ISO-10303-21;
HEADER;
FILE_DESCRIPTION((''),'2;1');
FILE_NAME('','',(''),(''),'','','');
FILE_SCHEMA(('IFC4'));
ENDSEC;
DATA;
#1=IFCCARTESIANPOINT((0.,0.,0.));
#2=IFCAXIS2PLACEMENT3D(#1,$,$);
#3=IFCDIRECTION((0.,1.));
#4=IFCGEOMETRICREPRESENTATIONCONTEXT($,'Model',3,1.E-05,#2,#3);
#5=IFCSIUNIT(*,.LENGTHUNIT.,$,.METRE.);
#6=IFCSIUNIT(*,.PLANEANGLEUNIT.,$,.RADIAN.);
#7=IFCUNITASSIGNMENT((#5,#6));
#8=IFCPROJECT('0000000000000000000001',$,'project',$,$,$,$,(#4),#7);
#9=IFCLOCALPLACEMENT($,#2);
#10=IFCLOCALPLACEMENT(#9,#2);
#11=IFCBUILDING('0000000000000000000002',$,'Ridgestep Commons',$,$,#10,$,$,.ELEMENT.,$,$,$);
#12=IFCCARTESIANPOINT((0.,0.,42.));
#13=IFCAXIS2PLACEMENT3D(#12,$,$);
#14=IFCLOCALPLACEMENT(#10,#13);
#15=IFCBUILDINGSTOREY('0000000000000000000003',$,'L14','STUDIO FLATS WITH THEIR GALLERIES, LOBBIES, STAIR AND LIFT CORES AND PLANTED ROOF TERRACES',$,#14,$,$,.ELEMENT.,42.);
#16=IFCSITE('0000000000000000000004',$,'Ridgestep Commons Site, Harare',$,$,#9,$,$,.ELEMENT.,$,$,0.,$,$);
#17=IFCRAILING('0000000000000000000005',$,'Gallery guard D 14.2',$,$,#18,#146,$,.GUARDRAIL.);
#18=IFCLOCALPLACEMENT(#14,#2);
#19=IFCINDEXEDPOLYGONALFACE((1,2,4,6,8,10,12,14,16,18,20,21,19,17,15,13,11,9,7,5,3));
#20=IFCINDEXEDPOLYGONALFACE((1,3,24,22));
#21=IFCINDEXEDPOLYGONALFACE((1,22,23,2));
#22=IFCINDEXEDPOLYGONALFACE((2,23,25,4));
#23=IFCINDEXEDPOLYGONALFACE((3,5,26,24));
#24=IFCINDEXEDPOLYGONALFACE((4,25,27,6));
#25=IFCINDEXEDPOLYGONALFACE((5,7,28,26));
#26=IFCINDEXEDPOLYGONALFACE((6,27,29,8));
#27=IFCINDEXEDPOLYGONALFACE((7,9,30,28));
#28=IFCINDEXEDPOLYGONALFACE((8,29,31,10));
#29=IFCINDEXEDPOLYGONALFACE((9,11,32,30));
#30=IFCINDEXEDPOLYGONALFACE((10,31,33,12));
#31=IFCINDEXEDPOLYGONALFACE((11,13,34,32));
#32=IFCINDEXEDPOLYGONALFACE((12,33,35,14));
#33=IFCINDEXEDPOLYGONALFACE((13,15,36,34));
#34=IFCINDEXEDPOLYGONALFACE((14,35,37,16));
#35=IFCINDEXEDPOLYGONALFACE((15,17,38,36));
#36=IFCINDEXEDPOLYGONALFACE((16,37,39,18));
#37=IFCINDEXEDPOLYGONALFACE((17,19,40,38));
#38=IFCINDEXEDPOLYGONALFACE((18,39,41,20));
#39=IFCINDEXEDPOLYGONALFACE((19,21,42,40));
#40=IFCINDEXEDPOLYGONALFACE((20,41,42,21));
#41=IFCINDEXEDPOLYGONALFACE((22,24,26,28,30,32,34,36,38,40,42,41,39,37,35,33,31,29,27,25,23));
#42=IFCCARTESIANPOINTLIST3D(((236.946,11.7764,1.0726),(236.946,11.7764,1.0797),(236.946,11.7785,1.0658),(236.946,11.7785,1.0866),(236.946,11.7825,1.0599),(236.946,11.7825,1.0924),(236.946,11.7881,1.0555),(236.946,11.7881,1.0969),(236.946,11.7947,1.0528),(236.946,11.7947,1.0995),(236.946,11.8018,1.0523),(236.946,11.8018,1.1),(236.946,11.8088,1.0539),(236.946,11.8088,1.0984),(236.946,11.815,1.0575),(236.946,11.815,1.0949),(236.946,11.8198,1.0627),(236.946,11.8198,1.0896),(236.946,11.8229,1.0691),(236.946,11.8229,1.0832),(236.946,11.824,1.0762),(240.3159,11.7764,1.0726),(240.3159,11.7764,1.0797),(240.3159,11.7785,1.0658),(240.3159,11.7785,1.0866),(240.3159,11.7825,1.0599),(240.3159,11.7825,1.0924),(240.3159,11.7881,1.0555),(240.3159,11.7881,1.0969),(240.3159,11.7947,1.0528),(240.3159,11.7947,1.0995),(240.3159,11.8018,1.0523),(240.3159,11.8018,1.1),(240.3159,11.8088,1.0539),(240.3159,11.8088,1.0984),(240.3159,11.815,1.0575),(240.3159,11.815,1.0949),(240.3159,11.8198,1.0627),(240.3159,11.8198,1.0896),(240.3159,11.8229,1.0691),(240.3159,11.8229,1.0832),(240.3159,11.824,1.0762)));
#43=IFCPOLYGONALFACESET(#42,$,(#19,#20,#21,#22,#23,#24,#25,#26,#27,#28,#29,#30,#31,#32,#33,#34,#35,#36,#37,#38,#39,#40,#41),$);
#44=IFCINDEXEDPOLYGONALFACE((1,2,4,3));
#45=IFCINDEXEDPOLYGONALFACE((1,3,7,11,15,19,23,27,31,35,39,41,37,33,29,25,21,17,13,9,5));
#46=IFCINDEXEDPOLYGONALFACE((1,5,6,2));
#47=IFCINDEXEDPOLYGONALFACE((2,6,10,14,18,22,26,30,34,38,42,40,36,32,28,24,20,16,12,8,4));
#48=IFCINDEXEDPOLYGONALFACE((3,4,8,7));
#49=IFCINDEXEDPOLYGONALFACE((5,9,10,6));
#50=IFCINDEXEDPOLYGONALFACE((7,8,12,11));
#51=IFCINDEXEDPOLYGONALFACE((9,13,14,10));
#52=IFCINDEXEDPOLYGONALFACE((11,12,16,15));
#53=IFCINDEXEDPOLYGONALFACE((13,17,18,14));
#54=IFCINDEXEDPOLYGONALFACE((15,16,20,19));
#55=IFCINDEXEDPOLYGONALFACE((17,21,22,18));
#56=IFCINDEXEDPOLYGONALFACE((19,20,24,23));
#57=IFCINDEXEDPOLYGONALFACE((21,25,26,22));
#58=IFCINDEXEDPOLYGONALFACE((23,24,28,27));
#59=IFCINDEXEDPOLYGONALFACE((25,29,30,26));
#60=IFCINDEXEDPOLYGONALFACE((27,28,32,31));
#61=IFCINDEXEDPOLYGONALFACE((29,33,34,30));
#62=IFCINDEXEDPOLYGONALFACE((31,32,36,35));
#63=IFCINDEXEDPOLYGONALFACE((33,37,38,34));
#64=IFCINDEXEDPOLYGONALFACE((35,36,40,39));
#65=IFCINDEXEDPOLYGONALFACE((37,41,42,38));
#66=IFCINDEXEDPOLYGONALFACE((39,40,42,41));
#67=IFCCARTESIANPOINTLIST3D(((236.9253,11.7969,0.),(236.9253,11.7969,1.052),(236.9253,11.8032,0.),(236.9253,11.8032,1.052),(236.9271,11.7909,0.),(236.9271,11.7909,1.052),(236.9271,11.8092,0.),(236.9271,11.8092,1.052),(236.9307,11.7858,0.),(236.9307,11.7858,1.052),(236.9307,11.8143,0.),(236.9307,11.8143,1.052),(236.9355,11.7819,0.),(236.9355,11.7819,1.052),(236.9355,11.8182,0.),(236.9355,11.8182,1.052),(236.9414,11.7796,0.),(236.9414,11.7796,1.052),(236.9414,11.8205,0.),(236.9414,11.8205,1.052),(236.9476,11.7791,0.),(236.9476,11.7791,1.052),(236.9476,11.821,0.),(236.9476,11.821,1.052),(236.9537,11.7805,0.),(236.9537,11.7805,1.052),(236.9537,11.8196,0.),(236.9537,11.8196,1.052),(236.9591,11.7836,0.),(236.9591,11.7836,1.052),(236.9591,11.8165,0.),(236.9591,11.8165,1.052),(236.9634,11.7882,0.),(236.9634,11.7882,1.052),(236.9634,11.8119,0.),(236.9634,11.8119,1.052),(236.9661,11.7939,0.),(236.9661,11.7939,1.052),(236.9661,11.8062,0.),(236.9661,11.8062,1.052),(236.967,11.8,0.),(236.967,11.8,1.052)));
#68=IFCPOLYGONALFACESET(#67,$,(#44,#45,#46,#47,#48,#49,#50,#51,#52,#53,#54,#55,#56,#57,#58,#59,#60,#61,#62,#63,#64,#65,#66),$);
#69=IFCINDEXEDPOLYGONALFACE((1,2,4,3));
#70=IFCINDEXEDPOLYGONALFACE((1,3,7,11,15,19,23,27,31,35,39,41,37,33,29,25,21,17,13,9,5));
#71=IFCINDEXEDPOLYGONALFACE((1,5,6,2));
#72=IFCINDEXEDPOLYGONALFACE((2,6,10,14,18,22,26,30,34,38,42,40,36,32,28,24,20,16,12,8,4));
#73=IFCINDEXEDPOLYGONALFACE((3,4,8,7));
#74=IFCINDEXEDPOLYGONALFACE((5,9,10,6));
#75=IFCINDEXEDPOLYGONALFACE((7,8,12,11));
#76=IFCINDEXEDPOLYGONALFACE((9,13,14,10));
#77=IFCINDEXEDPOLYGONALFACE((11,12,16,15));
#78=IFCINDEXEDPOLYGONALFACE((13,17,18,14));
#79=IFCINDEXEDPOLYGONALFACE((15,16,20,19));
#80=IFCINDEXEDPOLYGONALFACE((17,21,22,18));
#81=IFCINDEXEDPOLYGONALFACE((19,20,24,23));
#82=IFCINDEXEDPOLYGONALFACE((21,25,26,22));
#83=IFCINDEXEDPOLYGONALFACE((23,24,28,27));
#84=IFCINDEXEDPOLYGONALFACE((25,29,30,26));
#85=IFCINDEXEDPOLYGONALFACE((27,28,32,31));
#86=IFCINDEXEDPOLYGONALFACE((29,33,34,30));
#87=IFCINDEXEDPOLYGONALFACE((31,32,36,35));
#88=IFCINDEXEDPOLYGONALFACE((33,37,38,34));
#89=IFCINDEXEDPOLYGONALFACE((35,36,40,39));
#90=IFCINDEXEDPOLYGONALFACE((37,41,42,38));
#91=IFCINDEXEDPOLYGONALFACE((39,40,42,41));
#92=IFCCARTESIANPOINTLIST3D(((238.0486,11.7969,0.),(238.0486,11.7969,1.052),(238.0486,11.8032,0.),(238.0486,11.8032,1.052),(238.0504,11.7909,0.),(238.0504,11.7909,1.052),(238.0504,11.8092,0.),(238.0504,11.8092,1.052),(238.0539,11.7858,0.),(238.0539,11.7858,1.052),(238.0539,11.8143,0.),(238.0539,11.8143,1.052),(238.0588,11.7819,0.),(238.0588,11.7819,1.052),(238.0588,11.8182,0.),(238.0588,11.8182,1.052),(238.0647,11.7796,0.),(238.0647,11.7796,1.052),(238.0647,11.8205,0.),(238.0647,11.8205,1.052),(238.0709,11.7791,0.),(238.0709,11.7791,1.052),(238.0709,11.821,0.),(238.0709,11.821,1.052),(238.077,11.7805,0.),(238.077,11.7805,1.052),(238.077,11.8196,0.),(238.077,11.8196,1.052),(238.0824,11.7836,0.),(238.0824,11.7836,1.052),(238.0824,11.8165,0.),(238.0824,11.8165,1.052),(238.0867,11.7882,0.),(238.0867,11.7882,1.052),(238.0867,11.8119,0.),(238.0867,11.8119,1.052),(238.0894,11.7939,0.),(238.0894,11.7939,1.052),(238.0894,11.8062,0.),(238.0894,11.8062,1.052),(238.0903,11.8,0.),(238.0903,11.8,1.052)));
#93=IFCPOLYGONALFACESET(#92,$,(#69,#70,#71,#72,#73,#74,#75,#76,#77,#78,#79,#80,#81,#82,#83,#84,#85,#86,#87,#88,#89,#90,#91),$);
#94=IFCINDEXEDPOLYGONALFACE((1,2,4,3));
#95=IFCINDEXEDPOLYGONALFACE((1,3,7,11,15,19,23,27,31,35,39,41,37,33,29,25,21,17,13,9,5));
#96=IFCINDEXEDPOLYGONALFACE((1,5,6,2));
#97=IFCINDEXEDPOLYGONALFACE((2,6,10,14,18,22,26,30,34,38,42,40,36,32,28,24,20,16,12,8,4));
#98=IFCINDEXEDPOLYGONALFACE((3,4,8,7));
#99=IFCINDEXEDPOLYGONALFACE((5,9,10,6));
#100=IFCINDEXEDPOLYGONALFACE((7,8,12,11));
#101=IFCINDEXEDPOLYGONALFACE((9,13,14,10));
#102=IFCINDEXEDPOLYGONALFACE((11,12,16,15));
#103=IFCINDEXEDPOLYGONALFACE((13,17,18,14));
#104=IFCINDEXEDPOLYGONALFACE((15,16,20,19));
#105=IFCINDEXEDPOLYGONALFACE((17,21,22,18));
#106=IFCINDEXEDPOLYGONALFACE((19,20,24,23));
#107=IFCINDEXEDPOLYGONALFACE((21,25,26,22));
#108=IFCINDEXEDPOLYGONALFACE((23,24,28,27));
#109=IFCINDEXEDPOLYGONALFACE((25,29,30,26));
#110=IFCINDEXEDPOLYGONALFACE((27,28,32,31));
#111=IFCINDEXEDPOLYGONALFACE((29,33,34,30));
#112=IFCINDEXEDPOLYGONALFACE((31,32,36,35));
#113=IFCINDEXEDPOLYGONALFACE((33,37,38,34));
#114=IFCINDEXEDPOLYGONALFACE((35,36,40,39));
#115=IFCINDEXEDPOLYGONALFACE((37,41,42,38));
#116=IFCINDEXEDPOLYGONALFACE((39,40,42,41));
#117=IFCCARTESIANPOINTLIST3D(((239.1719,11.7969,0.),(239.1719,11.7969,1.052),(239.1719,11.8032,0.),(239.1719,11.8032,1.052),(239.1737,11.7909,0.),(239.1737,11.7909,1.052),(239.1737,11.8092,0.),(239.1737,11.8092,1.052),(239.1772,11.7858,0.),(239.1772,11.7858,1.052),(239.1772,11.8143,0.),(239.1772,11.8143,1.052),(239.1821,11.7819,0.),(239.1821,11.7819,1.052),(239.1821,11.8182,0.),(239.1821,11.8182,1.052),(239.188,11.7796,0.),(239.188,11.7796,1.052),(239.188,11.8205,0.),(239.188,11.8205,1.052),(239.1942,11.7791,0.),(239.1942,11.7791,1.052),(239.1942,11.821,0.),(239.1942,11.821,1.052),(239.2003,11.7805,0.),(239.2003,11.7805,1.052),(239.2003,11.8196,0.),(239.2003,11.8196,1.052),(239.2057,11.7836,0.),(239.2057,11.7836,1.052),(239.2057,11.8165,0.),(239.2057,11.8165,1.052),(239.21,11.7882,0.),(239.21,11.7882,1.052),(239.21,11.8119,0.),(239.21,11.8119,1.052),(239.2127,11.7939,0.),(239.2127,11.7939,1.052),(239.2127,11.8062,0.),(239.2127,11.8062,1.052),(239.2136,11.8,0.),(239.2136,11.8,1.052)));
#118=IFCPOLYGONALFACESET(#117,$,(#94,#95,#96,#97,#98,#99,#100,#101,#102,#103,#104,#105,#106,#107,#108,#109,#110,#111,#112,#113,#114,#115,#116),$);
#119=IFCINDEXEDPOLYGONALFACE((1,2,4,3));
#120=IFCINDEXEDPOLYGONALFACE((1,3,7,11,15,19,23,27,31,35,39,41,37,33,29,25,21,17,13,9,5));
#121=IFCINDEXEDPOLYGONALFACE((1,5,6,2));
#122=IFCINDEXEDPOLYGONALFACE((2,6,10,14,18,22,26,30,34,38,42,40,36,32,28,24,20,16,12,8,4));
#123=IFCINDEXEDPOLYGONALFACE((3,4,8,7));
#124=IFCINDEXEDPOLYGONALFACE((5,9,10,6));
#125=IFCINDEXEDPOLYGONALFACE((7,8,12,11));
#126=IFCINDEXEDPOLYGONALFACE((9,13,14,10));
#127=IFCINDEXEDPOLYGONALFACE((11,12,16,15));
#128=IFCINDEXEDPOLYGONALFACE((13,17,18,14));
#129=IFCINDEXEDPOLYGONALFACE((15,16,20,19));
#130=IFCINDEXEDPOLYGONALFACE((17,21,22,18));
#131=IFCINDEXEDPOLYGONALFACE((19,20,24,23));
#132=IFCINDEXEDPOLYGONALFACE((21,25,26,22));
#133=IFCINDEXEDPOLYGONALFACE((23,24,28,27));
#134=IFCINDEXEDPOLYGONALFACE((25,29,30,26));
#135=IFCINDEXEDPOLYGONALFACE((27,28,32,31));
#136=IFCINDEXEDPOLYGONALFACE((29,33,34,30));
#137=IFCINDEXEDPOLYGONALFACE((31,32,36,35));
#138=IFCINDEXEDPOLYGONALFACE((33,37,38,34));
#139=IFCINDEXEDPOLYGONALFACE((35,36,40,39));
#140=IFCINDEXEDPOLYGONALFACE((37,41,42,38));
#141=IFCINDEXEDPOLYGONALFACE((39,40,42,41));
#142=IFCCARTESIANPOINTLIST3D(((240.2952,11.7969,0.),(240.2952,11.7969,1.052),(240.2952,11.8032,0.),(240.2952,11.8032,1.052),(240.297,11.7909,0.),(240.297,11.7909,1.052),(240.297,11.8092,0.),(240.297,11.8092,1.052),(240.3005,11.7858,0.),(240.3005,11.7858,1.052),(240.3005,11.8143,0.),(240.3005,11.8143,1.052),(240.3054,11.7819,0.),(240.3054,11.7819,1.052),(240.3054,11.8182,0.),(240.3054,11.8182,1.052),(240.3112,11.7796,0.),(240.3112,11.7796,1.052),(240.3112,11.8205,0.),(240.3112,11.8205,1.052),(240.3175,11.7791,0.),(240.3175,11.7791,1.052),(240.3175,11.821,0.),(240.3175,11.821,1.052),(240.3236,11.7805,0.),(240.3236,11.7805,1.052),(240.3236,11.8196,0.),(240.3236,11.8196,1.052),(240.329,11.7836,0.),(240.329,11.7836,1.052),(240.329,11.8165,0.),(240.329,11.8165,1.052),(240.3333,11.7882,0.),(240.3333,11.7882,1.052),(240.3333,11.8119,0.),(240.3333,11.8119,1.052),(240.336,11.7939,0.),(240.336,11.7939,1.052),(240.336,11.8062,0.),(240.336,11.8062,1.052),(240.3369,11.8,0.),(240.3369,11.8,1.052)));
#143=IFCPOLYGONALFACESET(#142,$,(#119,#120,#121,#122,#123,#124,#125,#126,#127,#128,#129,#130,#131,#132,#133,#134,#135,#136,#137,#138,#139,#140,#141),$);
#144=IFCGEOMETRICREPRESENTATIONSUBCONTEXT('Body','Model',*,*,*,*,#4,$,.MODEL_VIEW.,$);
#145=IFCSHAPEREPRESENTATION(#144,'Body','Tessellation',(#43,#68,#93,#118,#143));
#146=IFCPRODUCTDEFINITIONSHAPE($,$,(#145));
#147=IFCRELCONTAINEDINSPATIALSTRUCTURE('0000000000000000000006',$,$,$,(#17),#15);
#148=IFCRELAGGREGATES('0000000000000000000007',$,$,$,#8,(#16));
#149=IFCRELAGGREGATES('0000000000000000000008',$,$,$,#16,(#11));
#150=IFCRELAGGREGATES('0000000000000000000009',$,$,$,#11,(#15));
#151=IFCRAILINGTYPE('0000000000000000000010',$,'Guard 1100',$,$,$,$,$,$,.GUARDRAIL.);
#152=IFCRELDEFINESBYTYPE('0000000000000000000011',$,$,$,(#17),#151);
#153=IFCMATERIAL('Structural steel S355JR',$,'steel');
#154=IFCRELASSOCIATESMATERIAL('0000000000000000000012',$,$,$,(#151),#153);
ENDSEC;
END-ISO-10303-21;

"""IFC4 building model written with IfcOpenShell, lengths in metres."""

from ifc_helpers import new_model, si_unit, direction, frame, origin, origin_2d, place, context, subcontext, project, spatial, circle, extrude, material, type_object, element, save


model = new_model("IFC4")

# Units and contexts
model_context = context("Model", 3, precision=1e-05, world=origin(), true_north=direction((0.0, 1.0)))
body_context = subcontext(model_context, "Body", "Model", "MODEL_VIEW")
ifc_project = project(units=[si_unit("LENGTHUNIT", "METRE"), si_unit("PLANEANGLEUNIT", "RADIAN")], contexts=[model_context])

# Site, building, storey
site_placement = place(None, origin())
site = spatial("IfcSite", under=ifc_project, at=site_placement, Name="Ridgestep Commons Site, Harare", CompositionType="ELEMENT", RefElevation=0.0)
building_placement = place(site_placement, origin())
building = spatial("IfcBuilding", under=site, at=building_placement, Name="Ridgestep Commons", CompositionType="ELEMENT")
storey_placement = place(building_placement, frame((0.0, 0.0, 42.0)))
storey = spatial("IfcBuildingStorey", under=building, at=storey_placement, Name="L14", Description="STUDIO FLATS WITH THEIR GALLERIES, LOBBIES, STAIR AND LIFT CORES AND PLANTED ROOF TERRACES", CompositionType="ELEMENT", Elevation=42.0)

# Railing
ifc_material_1 = material(Name="Structural steel S355JR", Category="steel")
railing_type_1 = type_object("IfcRailingType", Name="Guard 1100", PredefinedType="GUARDRAIL", material=ifc_material_1)
railing_1_placement = place(storey_placement, frame((236.946, 11.8, 0.0)))
element("IfcRailing", 1, at=railing_1_placement, inside=storey, type_object=railing_type_1, Name="Gallery guard D 14.2", PredefinedType="GUARDRAIL", context=body_context, shape_type="SweptSolid", body=[
    extrude(circle(Radius=0.0239, at=origin_2d()), frame((0.0, 0.0, 1.0762), z_axis=(1.0, 0.0, 0.0), x_axis=(0.0, 1.0, 0.0)), (0.0, 0.0, 1.0), 3.3699),
    extrude(circle(Radius=0.021, at=origin_2d()), origin(), (0.0, 0.0, 1.0), 1.052),
    extrude(circle(Radius=0.021, at=origin_2d()), frame((1.1233, 0.0, 0.0)), (0.0, 0.0, 1.0), 1.052),
    extrude(circle(Radius=0.021, at=origin_2d()), frame((2.2466, 0.0, 0.0)), (0.0, 0.0, 1.0), 1.052),
    extrude(circle(Radius=0.021, at=origin_2d()), frame((3.3699, 0.0, 0.0)), (0.0, 0.0, 1.0), 1.052),
])

save(model, "model.ifc")
